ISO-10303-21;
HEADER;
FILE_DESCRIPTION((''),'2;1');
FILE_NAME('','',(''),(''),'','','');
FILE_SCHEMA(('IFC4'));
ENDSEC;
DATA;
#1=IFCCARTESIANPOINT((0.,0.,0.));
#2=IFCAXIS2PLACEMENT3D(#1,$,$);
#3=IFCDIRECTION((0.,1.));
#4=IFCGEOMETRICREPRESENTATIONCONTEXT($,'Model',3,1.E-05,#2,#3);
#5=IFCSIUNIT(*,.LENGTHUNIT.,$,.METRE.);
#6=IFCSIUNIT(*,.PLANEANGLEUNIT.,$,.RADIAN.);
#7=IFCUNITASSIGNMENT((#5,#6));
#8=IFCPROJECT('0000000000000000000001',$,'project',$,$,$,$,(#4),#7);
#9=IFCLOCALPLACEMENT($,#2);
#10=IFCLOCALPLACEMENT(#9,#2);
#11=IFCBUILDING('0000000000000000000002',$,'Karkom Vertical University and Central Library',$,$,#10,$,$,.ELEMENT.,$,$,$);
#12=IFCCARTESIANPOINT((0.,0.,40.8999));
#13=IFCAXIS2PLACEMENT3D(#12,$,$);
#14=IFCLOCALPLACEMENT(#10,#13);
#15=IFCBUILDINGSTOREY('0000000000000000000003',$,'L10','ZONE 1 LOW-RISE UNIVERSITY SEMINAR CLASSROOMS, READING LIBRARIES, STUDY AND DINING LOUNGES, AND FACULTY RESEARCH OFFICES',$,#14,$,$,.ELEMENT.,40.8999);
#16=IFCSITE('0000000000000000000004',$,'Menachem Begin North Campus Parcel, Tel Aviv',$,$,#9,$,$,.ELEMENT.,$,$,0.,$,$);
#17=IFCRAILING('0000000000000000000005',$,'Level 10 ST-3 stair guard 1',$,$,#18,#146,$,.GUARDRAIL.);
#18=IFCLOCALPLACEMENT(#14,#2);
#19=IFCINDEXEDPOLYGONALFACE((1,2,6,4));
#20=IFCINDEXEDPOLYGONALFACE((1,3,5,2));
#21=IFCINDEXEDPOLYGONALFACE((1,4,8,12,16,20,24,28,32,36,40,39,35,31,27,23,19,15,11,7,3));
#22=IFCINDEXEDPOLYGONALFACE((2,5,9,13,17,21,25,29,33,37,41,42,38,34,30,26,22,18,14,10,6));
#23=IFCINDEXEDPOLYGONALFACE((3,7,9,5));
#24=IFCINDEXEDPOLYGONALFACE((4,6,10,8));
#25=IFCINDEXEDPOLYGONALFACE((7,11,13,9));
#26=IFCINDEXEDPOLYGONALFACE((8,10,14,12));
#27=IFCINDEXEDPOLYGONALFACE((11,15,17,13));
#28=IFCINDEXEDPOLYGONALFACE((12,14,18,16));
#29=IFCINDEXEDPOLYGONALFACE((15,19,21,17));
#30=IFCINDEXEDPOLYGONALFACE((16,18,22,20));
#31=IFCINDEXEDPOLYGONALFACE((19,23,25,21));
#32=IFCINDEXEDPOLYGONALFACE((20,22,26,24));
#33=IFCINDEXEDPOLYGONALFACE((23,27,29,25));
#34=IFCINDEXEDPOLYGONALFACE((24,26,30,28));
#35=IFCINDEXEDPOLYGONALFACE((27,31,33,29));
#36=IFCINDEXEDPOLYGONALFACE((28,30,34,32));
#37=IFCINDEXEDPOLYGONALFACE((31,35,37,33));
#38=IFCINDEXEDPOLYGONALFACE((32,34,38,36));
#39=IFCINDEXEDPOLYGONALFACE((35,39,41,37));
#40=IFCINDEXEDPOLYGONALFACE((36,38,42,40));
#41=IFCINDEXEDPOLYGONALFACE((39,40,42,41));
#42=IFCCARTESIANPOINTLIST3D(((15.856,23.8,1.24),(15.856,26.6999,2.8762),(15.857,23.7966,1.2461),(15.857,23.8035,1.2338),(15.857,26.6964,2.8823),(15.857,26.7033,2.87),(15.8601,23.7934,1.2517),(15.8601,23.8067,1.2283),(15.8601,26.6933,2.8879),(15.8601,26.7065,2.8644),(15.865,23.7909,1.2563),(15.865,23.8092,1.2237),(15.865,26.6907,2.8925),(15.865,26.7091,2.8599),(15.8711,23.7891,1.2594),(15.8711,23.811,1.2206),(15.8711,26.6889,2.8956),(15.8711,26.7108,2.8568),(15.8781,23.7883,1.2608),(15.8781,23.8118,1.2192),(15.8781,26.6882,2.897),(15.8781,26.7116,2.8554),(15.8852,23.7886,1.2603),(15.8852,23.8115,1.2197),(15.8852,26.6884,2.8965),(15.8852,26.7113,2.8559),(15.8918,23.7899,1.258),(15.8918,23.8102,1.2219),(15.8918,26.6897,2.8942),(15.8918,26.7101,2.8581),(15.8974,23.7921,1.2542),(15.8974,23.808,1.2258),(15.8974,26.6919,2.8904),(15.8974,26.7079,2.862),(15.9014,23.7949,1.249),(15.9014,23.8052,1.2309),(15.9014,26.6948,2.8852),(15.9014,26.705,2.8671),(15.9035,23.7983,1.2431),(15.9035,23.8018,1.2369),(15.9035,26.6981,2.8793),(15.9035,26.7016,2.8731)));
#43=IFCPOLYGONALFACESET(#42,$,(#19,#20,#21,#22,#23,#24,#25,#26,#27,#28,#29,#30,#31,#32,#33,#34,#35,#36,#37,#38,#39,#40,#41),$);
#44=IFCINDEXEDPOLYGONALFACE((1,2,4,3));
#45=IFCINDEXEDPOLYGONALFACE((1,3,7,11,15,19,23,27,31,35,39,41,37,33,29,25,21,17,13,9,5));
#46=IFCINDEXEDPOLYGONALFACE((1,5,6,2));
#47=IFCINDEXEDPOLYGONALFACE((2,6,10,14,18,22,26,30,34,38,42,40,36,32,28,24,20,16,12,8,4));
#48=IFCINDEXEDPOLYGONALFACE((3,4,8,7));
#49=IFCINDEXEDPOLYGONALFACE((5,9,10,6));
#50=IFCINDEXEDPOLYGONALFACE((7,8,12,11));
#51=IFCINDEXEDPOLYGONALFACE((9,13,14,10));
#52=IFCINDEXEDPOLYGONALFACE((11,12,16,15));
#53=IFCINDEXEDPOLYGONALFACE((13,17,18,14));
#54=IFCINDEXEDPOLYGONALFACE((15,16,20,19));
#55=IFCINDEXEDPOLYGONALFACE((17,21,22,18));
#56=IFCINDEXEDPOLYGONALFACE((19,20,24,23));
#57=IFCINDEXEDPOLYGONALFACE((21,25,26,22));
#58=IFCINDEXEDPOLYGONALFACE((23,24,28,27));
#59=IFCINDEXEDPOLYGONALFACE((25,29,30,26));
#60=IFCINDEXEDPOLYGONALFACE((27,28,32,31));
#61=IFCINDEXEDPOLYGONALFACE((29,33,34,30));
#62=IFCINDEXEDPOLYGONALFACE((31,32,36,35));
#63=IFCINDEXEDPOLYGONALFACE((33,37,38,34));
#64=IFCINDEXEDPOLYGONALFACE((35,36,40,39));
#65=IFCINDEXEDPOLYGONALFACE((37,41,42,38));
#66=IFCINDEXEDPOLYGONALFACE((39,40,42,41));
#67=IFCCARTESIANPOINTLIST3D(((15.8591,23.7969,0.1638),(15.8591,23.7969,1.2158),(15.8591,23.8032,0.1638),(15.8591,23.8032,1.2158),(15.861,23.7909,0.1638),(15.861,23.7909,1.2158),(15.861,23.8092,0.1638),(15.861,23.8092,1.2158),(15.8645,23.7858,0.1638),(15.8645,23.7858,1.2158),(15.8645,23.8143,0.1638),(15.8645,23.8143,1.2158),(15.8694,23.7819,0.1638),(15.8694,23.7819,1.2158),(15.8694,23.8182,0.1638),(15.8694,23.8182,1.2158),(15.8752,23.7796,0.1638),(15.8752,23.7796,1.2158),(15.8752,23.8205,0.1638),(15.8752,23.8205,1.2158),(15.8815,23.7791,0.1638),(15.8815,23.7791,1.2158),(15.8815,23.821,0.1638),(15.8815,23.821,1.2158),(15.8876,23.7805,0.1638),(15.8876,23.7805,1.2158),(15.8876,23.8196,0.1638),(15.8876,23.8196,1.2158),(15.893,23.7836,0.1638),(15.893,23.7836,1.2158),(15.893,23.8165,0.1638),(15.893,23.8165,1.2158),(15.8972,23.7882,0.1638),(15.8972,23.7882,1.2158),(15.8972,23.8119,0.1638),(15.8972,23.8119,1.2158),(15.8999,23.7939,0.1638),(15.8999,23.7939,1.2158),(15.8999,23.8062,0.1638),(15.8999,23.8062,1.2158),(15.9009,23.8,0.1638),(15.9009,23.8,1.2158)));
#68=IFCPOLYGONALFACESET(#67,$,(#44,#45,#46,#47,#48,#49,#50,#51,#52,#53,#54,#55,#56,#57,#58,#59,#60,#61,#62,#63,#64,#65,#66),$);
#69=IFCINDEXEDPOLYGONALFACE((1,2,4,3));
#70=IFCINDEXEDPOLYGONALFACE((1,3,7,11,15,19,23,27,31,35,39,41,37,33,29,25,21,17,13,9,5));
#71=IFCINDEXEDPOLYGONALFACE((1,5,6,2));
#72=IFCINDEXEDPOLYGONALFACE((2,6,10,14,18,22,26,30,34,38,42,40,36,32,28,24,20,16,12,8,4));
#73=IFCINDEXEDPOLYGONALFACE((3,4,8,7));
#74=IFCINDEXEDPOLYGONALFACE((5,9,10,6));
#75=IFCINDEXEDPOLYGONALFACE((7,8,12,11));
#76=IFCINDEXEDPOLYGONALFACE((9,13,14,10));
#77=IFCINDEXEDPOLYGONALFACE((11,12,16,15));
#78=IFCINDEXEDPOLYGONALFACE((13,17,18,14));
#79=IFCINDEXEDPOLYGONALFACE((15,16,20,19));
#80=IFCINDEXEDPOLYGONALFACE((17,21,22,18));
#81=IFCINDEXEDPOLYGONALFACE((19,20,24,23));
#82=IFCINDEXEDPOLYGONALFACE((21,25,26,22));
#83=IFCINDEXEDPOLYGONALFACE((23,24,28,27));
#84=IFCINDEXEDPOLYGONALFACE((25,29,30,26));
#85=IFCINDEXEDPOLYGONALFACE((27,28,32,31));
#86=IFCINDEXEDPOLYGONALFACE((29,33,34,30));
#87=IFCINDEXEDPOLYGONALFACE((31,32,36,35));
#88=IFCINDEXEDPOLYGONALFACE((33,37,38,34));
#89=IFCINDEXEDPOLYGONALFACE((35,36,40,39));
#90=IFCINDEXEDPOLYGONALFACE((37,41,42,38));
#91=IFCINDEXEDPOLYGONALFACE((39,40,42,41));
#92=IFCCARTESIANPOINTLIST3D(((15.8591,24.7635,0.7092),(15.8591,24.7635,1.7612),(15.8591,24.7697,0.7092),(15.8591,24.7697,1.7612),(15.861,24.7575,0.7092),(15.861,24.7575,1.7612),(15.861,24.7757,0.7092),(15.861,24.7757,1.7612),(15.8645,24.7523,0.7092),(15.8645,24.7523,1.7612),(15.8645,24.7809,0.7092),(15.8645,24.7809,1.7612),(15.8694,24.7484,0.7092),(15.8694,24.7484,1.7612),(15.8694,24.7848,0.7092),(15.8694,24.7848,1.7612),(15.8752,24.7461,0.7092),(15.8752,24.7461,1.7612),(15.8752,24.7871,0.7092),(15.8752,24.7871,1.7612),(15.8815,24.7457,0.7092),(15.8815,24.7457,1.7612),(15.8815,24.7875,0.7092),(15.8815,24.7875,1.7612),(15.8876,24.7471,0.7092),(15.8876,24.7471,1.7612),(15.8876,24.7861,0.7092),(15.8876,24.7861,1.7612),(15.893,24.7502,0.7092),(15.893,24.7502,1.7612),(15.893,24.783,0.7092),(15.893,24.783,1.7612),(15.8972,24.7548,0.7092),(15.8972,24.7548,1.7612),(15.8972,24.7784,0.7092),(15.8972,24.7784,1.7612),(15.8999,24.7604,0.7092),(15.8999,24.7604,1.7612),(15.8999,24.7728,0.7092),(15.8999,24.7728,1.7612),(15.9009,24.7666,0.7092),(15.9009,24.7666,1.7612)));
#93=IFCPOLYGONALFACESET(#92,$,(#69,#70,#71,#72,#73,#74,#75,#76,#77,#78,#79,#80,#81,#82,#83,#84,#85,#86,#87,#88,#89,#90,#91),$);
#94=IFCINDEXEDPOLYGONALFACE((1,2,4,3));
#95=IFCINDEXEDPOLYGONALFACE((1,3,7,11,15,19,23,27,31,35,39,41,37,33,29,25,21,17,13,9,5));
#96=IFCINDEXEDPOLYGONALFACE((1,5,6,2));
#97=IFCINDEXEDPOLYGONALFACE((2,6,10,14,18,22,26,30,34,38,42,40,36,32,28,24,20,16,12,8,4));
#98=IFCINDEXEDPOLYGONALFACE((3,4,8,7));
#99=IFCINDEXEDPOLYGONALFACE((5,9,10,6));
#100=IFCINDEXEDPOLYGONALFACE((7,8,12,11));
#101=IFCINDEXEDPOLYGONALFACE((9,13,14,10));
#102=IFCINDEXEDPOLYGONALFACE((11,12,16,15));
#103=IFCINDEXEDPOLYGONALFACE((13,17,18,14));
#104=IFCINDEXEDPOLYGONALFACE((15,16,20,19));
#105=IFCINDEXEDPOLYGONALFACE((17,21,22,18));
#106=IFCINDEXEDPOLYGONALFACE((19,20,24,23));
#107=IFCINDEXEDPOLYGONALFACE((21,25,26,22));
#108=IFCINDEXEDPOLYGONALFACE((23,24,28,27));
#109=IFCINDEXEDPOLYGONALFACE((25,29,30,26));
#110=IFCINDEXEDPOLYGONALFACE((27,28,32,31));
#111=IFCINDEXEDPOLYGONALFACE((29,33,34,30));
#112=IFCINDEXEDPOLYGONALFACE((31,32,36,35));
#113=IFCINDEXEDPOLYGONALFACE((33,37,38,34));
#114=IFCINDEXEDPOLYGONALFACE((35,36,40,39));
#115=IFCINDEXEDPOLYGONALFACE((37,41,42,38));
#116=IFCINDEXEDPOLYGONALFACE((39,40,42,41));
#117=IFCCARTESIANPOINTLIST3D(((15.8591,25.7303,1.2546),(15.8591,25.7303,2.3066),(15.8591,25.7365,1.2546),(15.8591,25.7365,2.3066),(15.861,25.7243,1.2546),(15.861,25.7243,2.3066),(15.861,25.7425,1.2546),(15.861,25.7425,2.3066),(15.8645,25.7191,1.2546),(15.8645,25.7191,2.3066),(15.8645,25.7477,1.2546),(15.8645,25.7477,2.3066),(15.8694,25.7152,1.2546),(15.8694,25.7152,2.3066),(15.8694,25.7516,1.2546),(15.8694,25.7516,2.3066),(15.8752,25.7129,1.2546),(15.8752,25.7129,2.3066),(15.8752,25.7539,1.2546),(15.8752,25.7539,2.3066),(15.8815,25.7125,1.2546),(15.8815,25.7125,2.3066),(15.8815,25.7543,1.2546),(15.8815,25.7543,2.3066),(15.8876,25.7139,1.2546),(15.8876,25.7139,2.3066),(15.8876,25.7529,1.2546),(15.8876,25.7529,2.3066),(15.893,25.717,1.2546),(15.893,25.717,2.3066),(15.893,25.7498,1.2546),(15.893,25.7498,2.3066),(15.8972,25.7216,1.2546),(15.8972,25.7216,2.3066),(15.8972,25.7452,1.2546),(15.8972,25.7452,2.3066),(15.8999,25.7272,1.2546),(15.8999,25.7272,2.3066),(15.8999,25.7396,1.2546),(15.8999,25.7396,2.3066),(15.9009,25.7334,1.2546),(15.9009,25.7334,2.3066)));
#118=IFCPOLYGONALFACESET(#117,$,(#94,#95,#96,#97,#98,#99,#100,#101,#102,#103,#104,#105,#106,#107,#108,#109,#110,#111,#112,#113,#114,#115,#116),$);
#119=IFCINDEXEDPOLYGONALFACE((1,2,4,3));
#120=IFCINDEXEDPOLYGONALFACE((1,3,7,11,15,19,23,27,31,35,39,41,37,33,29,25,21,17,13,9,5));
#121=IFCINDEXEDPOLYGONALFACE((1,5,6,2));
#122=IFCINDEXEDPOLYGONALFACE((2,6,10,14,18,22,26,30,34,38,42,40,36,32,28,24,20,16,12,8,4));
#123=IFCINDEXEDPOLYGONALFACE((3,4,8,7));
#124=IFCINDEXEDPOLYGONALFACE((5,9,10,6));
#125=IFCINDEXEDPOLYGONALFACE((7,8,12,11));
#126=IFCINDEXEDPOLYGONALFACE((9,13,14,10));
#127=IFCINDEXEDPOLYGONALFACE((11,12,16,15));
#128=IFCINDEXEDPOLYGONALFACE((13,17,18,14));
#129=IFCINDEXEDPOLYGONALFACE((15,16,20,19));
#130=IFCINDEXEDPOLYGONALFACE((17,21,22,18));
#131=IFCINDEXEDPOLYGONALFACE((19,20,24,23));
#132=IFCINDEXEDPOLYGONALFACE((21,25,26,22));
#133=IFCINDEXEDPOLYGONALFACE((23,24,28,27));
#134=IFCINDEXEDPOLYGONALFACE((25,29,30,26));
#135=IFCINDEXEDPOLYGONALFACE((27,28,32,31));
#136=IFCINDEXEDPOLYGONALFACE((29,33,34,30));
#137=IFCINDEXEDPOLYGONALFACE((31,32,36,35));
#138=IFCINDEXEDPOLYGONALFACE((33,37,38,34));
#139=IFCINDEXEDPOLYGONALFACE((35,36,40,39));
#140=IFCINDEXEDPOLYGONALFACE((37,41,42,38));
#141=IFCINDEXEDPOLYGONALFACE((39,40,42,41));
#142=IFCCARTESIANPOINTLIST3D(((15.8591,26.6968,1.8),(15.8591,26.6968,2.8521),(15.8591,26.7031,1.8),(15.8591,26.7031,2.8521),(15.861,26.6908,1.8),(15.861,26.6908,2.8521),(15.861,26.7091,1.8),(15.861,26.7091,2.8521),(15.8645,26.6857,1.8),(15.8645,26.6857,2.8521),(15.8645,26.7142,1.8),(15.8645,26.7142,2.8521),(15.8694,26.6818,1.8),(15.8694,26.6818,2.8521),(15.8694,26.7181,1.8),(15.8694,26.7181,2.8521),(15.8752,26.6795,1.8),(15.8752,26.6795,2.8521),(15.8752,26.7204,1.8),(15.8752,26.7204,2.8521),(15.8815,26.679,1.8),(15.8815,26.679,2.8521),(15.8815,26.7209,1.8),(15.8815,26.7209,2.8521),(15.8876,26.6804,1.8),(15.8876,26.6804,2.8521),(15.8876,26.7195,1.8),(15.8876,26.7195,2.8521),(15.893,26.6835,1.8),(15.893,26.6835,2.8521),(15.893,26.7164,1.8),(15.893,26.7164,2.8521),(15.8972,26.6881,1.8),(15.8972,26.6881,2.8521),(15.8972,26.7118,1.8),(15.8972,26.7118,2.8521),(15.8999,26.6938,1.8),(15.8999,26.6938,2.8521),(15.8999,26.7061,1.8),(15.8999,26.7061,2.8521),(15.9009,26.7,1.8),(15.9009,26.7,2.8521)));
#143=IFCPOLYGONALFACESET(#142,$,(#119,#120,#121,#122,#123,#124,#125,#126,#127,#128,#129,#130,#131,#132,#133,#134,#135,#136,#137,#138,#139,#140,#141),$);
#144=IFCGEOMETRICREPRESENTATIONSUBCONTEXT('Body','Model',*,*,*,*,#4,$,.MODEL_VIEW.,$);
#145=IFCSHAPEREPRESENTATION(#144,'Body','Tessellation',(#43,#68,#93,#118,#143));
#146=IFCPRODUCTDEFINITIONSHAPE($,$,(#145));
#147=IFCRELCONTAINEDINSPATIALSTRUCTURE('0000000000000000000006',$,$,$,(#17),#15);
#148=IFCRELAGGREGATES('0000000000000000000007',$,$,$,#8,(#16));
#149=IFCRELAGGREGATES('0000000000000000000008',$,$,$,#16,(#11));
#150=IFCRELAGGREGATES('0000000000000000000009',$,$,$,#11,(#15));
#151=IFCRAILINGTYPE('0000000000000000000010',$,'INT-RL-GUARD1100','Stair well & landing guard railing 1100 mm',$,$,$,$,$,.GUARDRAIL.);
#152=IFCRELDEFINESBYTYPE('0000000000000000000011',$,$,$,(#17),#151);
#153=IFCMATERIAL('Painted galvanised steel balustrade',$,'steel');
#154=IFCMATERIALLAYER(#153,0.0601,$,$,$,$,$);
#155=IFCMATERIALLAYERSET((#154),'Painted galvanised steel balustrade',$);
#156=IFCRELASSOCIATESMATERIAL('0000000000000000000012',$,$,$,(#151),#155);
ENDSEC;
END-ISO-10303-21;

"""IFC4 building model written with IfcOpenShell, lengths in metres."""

from ifc_helpers import new_model, si_unit, direction, frame, origin, origin_2d, place, context, subcontext, project, spatial, circle, extrude, material, layer, layer_set, type_object, element, save


model = new_model("IFC4")

# Units and contexts
model_context = context("Model", 3, precision=1e-05, world=origin(), true_north=direction((0.0, 1.0)))
body_context = subcontext(model_context, "Body", "Model", "MODEL_VIEW")
ifc_project = project(units=[si_unit("LENGTHUNIT", "METRE"), si_unit("PLANEANGLEUNIT", "RADIAN")], contexts=[model_context])

# Site, building, storey
site_placement = place(None, origin())
site = spatial("IfcSite", under=ifc_project, at=site_placement, Name="Menachem Begin North Campus Parcel, Tel Aviv", CompositionType="ELEMENT", RefElevation=0.0)
building_placement = place(site_placement, origin())
building = spatial("IfcBuilding", under=site, at=building_placement, Name="Karkom Vertical University and Central Library", CompositionType="ELEMENT")
storey_placement = place(building_placement, frame((0.0, 0.0, 40.8999)))
storey = spatial("IfcBuildingStorey", under=building, at=storey_placement, Name="L10", Description="ZONE 1 LOW-RISE UNIVERSITY SEMINAR CLASSROOMS, READING LIBRARIES, STUDY AND DINING LOUNGES, AND FACULTY RESEARCH OFFICES", CompositionType="ELEMENT", Elevation=40.8999)

# Railing
ifc_material_1 = material(Name="Painted galvanised steel balustrade", Category="steel")
ifc_layer_1 = layer(ifc_material_1, 0.0601)
ifc_layer_set_1 = layer_set([ifc_layer_1], Name="Painted galvanised steel balustrade")
railing_type_1 = type_object("IfcRailingType", Name="INT-RL-GUARD1100", Description="Stair well & landing guard railing 1100 mm", PredefinedType="GUARDRAIL", material=ifc_layer_set_1)
railing_1_placement = place(storey_placement, frame((15.8799, 23.8, 0.1638)))
element("IfcRailing", 1, at=railing_1_placement, inside=storey, type_object=railing_type_1, Name="Level 10 ST-3 stair guard 1", PredefinedType="GUARDRAIL", context=body_context, shape_type="SweptSolid", body=[
    extrude(circle(Radius=0.0239, at=origin_2d()), frame((0.0, 0.0, 1.0762), z_axis=(0.0, 0.870929, 0.49141), x_axis=(-1.0, 0.0, 0.0)), (0.0, 0.0, 1.0), 3.3296),
    extrude(circle(Radius=0.021, at=origin_2d()), origin(), (0.0, 0.0, 1.0), 1.052),
    extrude(circle(Radius=0.021, at=origin_2d()), frame((0.0, 0.9666, 0.5454)), (0.0, 0.0, 1.0), 1.052),
    extrude(circle(Radius=0.021, at=origin_2d()), frame((0.0, 1.9333, 1.0908)), (0.0, 0.0, 1.0), 1.052),
    extrude(circle(Radius=0.021, at=origin_2d()), frame((0.0, 2.8999, 1.6362)), (0.0, 0.0, 1.0), 1.052),
])

save(model, "model.ifc")
